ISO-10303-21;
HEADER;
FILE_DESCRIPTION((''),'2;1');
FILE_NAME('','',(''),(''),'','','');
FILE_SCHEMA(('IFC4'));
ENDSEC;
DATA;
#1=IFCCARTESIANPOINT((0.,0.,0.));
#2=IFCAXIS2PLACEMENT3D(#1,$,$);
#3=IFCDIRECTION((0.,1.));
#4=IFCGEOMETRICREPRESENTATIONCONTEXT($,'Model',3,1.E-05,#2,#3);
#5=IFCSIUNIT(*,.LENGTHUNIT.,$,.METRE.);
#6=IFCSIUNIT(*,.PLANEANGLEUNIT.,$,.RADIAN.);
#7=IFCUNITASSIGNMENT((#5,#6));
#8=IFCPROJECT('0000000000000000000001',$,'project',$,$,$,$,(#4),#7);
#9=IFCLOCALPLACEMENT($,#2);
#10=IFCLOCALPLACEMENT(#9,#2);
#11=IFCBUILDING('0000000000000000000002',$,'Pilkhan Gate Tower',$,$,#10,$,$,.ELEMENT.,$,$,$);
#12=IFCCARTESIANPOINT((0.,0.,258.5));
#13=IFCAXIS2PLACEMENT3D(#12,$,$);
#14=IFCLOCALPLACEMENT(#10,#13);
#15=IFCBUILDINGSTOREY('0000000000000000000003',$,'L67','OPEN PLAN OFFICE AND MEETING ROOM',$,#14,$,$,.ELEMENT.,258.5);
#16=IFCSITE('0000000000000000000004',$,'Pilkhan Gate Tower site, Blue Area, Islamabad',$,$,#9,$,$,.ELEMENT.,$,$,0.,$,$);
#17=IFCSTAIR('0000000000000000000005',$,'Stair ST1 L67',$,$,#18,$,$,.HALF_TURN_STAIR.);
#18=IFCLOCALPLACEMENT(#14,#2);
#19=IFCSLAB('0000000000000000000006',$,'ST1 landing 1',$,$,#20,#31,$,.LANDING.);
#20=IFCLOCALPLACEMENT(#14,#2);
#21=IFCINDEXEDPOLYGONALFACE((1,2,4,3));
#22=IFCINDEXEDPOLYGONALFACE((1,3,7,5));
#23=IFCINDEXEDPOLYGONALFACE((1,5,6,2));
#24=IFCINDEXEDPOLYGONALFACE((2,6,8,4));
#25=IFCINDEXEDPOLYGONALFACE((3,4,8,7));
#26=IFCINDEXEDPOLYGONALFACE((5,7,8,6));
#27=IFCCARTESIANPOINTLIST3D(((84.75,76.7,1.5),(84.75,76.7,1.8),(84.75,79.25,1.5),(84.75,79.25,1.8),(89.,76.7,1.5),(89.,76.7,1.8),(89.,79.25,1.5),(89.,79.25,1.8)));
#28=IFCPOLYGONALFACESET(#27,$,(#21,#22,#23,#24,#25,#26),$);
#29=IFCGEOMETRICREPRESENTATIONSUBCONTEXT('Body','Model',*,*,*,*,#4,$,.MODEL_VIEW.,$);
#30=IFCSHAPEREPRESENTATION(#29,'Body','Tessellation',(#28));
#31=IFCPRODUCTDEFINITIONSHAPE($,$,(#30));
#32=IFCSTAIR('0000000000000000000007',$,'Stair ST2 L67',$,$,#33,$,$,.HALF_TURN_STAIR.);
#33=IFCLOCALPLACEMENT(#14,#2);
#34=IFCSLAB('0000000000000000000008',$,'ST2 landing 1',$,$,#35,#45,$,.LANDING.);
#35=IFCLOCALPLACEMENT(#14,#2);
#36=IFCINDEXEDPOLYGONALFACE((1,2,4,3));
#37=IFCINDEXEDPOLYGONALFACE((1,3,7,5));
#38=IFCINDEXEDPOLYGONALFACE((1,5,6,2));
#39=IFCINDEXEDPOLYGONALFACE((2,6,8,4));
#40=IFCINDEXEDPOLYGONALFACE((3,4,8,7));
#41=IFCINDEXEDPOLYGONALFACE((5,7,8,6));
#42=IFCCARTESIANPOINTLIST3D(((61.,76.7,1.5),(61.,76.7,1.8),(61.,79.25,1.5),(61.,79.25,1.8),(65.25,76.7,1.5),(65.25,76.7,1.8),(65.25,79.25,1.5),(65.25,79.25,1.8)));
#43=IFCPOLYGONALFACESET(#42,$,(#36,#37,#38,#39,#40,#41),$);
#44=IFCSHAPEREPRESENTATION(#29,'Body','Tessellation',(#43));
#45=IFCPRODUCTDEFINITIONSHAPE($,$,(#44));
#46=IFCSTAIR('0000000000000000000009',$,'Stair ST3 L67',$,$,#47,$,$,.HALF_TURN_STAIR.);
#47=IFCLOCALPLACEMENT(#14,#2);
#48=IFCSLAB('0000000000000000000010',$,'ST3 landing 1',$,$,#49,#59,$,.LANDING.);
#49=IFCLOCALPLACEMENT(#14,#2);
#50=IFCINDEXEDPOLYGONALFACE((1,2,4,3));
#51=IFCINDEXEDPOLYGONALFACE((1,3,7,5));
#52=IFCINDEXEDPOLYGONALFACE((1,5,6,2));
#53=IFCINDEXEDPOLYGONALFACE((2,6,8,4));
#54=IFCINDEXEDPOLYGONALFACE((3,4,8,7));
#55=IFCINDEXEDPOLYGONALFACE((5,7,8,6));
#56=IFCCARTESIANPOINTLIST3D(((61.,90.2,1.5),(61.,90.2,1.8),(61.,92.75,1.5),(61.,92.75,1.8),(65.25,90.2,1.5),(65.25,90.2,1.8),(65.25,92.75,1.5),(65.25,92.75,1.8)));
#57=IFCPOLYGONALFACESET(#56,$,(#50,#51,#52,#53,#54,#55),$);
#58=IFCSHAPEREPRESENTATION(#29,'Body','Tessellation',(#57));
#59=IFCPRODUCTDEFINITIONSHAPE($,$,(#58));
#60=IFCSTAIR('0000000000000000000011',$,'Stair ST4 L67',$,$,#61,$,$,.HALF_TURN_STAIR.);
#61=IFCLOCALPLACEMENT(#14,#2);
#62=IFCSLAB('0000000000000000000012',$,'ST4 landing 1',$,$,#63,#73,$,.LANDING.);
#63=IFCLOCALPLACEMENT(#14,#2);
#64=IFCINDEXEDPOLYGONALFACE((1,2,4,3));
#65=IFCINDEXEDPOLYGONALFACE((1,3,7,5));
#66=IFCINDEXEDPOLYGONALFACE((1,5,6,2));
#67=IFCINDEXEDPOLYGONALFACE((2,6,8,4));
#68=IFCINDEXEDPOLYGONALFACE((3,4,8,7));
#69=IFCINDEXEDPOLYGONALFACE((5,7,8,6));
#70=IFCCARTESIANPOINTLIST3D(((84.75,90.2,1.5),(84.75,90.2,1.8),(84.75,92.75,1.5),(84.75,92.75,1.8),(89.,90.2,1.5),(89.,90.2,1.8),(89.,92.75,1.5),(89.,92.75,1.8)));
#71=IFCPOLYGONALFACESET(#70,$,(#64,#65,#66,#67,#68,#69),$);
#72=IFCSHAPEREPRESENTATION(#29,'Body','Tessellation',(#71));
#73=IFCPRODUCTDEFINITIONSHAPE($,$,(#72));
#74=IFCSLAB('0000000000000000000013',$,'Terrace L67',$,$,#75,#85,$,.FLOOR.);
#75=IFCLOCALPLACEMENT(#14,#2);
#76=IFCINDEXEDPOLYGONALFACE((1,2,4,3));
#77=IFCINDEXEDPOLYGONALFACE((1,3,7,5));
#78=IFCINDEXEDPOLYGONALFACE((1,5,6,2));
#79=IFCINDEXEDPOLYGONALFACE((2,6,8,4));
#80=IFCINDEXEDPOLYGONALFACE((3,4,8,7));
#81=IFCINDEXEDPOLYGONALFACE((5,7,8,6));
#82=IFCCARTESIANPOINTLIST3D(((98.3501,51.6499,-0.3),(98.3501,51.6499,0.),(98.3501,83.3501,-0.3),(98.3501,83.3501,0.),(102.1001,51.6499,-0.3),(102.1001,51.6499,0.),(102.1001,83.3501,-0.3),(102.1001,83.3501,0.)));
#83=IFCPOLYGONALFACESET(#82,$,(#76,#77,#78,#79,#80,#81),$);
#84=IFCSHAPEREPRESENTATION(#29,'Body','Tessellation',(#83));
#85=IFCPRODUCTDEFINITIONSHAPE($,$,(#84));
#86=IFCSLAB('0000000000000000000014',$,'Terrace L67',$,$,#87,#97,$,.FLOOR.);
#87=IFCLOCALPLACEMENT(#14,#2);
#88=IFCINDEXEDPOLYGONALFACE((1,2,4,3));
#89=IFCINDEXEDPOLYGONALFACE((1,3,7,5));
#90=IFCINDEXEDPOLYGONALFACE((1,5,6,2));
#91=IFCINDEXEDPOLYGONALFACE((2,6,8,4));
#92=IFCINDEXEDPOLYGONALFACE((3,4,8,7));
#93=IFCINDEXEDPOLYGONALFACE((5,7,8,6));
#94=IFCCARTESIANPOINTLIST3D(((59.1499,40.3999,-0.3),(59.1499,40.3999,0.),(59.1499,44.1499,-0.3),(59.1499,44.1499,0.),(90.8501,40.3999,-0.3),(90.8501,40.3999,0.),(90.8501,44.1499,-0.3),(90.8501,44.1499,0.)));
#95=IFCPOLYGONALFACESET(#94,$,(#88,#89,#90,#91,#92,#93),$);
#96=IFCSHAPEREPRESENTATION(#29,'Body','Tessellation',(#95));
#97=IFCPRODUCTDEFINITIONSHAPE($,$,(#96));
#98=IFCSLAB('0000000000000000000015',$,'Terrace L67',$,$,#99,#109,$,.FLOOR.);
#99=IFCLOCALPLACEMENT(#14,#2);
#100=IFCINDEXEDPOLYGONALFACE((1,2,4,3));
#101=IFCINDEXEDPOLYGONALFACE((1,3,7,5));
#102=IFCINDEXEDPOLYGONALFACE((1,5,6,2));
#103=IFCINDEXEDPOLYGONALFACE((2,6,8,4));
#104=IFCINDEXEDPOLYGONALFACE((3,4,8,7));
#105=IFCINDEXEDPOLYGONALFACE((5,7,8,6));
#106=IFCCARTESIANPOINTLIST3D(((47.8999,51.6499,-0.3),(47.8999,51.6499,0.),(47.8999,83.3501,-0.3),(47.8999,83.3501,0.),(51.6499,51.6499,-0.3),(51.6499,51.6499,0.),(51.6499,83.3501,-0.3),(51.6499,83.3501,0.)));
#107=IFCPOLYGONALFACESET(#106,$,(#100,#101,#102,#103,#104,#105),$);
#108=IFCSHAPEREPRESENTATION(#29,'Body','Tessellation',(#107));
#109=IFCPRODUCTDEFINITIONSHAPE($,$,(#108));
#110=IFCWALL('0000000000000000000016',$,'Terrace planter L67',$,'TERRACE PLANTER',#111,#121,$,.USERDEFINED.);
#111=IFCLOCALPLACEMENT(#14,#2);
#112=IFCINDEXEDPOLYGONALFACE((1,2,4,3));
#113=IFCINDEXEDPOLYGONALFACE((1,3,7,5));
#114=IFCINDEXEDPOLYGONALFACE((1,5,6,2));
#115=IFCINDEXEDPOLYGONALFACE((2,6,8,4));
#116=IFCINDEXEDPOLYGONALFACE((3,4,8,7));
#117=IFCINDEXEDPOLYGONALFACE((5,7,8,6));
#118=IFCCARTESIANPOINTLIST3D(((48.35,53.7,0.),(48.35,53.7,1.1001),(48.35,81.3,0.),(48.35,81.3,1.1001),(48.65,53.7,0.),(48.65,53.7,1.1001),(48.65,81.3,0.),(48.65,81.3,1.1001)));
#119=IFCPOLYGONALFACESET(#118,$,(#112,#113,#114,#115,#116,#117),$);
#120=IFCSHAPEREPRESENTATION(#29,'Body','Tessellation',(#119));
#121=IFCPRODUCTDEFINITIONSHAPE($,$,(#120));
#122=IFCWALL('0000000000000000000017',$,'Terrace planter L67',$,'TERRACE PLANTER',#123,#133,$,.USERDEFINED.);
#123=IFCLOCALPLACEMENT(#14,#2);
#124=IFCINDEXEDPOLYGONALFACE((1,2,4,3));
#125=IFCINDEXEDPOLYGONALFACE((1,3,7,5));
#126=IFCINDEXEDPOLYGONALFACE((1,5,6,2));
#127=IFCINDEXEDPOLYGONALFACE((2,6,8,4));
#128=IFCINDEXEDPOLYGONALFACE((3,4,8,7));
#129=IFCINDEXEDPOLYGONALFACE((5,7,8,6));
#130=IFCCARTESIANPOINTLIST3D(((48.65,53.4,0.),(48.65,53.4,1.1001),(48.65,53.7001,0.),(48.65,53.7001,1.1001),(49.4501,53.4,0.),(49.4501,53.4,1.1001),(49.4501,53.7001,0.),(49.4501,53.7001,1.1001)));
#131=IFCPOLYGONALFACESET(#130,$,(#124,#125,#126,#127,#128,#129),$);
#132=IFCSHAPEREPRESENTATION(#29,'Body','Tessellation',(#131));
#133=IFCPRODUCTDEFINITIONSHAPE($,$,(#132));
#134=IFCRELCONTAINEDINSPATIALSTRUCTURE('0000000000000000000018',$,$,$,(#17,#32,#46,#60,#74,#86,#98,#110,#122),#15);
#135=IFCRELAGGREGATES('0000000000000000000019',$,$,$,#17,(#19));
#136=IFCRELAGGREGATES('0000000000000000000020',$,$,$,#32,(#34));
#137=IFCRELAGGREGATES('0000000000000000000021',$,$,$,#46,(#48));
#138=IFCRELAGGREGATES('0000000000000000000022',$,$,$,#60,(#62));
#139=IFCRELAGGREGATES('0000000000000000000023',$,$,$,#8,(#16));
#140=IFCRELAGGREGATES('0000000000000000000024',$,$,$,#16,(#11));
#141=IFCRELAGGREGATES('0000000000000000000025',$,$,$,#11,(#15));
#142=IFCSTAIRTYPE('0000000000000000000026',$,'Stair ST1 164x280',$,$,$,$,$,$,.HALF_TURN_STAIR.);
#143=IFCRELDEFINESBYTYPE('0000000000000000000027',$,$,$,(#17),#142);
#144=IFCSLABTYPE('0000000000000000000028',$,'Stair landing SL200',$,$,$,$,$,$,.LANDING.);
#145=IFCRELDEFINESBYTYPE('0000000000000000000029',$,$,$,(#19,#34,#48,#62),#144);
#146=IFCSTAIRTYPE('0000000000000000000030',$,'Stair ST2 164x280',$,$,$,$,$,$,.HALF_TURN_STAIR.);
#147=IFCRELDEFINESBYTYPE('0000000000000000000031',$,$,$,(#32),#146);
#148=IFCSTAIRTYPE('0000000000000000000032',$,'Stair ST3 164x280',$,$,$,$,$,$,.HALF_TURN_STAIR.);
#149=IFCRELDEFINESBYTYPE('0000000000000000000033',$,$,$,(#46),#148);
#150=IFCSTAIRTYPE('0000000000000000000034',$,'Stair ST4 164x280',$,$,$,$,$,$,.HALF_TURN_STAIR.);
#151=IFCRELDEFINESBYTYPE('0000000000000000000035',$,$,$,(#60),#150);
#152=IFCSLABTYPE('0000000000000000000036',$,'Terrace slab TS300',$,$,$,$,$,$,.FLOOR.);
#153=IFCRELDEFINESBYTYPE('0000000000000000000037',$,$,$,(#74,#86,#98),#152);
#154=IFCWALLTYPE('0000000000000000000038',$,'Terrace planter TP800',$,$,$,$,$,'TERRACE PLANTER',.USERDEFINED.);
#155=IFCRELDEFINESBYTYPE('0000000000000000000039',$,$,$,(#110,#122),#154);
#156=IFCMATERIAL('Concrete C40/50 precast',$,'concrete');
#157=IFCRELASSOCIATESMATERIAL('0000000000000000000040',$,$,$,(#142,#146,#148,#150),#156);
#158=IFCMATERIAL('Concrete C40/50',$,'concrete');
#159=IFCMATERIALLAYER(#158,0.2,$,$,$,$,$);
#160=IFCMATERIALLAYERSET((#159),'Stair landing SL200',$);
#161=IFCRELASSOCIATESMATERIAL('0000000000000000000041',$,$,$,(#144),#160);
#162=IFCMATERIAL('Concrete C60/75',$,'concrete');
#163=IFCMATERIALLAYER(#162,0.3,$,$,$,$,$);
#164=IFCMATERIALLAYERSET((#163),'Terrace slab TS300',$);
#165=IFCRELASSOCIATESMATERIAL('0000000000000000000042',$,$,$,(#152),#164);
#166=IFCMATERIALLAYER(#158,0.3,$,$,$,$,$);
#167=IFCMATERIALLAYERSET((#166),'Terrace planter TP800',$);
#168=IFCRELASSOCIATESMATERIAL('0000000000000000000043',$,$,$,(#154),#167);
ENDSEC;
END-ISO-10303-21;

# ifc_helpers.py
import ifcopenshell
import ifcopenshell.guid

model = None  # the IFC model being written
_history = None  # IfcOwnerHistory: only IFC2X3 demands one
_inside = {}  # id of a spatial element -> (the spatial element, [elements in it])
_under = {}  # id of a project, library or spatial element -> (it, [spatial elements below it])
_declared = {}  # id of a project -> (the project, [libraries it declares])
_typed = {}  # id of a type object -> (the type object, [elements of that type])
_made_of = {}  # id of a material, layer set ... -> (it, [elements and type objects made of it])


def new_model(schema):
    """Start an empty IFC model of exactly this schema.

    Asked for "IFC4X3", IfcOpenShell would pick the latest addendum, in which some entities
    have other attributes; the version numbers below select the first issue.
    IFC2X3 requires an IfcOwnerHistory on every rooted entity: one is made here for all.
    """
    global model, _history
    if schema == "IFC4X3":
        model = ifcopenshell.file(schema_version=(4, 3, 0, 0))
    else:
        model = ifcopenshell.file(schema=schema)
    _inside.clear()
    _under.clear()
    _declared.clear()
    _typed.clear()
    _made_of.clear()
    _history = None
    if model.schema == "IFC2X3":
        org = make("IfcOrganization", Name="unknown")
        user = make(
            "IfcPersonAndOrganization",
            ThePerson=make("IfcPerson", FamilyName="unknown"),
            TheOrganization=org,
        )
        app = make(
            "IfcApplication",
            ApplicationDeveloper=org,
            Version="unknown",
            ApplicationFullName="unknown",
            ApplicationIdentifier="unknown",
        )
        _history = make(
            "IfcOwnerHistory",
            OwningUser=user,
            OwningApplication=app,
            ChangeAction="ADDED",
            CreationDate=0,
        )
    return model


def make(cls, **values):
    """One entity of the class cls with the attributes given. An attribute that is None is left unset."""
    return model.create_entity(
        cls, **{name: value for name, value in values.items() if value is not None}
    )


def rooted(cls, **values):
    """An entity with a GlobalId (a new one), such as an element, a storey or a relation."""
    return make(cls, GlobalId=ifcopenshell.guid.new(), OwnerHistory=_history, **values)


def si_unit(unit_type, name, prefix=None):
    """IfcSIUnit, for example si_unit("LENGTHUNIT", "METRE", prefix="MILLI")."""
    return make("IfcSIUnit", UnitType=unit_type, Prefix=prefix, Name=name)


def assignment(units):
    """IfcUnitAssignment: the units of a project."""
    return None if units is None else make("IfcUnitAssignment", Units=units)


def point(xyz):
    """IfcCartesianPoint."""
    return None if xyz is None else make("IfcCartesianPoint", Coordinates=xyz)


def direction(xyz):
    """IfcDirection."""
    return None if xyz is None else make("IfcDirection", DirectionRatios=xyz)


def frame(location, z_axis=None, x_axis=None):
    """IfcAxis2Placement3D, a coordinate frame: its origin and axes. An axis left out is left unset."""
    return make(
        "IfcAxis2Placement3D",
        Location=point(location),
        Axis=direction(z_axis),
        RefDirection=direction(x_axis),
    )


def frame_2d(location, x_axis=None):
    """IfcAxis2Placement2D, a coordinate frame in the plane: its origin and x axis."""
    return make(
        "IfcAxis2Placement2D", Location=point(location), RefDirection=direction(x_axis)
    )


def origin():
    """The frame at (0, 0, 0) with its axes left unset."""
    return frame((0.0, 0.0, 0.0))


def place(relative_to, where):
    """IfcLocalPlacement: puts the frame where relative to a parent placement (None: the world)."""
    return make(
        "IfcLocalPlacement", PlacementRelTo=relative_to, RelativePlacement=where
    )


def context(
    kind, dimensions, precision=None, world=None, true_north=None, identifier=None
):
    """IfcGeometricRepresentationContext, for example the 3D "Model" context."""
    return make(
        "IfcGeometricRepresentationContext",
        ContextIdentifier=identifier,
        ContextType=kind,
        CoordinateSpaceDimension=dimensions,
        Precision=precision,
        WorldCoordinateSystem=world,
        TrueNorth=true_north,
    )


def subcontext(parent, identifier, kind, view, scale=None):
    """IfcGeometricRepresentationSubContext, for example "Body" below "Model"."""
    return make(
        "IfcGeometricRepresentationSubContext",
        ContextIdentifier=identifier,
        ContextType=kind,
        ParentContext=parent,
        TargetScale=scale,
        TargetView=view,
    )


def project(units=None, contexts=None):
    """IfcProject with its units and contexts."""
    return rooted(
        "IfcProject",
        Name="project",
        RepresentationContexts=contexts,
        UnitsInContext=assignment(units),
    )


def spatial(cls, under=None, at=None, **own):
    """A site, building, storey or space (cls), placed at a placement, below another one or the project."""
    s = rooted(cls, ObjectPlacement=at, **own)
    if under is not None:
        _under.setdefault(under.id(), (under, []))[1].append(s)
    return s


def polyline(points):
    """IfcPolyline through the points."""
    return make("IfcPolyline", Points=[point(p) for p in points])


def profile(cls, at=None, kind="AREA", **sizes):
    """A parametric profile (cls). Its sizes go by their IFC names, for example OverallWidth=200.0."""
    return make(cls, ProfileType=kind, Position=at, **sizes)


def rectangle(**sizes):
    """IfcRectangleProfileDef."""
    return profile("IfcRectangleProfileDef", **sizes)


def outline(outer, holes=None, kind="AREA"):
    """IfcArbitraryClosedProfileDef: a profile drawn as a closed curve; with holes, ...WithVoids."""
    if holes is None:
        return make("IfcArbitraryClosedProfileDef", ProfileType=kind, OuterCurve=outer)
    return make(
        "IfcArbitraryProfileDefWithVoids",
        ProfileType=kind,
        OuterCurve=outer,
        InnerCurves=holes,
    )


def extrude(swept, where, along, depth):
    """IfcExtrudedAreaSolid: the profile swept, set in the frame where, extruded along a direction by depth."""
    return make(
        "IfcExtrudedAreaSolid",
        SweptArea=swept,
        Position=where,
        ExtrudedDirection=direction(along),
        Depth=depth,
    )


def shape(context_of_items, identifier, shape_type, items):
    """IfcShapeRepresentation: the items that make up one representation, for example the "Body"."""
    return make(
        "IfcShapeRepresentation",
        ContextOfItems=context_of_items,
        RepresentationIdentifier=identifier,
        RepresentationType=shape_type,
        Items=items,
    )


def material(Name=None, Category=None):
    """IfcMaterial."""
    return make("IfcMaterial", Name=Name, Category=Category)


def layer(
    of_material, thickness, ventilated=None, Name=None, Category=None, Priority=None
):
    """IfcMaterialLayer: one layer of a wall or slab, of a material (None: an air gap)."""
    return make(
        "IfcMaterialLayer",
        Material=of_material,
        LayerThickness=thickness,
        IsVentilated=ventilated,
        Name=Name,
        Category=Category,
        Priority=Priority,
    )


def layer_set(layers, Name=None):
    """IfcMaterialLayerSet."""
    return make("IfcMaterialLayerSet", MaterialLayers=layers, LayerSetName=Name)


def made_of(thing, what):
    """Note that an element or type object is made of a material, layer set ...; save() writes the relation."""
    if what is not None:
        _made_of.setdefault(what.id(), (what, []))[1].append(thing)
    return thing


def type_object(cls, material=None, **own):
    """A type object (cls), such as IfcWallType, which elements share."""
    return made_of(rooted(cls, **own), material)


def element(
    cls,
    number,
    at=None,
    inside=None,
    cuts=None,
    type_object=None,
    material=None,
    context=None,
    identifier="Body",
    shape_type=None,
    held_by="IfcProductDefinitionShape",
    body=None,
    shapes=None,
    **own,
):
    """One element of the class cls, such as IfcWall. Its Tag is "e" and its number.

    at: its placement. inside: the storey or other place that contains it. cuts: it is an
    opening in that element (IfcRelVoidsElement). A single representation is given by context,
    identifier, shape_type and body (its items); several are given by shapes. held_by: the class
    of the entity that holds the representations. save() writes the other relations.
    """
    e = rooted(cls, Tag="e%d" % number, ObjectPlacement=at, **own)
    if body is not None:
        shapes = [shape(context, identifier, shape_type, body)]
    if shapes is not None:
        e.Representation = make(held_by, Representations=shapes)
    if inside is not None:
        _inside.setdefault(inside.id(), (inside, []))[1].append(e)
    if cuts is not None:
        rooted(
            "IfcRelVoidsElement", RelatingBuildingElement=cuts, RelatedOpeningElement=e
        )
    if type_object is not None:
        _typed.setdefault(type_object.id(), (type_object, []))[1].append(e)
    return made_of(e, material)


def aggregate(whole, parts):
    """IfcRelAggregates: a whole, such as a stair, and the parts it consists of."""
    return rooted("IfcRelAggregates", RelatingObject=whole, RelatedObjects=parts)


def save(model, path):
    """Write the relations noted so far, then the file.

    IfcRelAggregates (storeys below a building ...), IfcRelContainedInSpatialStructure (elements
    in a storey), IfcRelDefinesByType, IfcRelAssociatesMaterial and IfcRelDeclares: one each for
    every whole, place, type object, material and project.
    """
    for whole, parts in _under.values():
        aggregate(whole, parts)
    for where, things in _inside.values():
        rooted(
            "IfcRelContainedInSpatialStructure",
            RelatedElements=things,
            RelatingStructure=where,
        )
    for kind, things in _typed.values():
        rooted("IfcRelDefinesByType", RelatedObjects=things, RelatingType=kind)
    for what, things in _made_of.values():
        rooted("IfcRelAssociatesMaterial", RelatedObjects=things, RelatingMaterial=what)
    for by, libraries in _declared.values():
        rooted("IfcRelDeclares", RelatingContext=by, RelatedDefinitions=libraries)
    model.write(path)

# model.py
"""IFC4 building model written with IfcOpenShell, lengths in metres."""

from ifc_helpers import new_model, si_unit, direction, frame, frame_2d, origin, place, context, subcontext, project, spatial, polyline, rectangle, outline, extrude, material, layer, layer_set, type_object, element, aggregate, save


model = new_model("IFC4")

# Units and contexts
model_context = context("Model", 3, precision=1e-05, world=origin(), true_north=direction((0.0, 1.0)))
body_context = subcontext(model_context, "Body", "Model", "MODEL_VIEW")
ifc_project = project(units=[si_unit("LENGTHUNIT", "METRE"), si_unit("PLANEANGLEUNIT", "RADIAN")], contexts=[model_context])

# Site, building, storey
site_placement = place(None, origin())
site = spatial("IfcSite", under=ifc_project, at=site_placement, Name="Pilkhan Gate Tower site, Blue Area, Islamabad", CompositionType="ELEMENT", RefElevation=0.0)
building_placement = place(site_placement, origin())
building = spatial("IfcBuilding", under=site, at=building_placement, Name="Pilkhan Gate Tower", CompositionType="ELEMENT")
storey_placement = place(building_placement, frame((0.0, 0.0, 258.5)))
storey = spatial("IfcBuildingStorey", under=building, at=storey_placement, Name="L67", Description="OPEN PLAN OFFICE AND MEETING ROOM", CompositionType="ELEMENT", Elevation=258.5)

# Shared definitions
ifc_material_1 = material(Name="Concrete C40/50", Category="concrete")

# Stairs, slabs
ifc_material_2 = material(Name="Concrete C40/50 precast", Category="concrete")
stair_type_1 = type_object("IfcStairType", Name="Stair ST1 164x280", PredefinedType="HALF_TURN_STAIR", material=ifc_material_2)
stair_1_placement = place(storey_placement, origin())
stair_1 = element("IfcStair", 1, at=stair_1_placement, inside=storey, type_object=stair_type_1, Name="Stair ST1 L67", PredefinedType="HALF_TURN_STAIR")
ifc_layer_1 = layer(ifc_material_1, 0.2)
ifc_layer_set_1 = layer_set([ifc_layer_1], Name="Stair landing SL200")
slab_type_1 = type_object("IfcSlabType", Name="Stair landing SL200", PredefinedType="LANDING", material=ifc_layer_set_1)
slab_1_placement = place(storey_placement, frame((0.0, 0.0, 1.5)))
slab_1 = element("IfcSlab", 2, at=slab_1_placement, type_object=slab_type_1, Name="ST1 landing 1", PredefinedType="LANDING", context=body_context, shape_type="SweptSolid", body=[
    extrude(outline(polyline([(89.0, 76.7), (89.0, 79.25), (84.75, 79.25), (84.75, 76.7), (89.0, 76.7)])), origin(), (0.0, 0.0, 1.0), 0.3),
])
aggregate(stair_1, [slab_1])
stair_type_2 = type_object("IfcStairType", Name="Stair ST2 164x280", PredefinedType="HALF_TURN_STAIR", material=ifc_material_2)
stair_2_placement = place(storey_placement, origin())
stair_2 = element("IfcStair", 3, at=stair_2_placement, inside=storey, type_object=stair_type_2, Name="Stair ST2 L67", PredefinedType="HALF_TURN_STAIR")
slab_2_placement = place(storey_placement, frame((0.0, 0.0, 1.5)))
slab_2 = element("IfcSlab", 4, at=slab_2_placement, type_object=slab_type_1, Name="ST2 landing 1", PredefinedType="LANDING", context=body_context, shape_type="SweptSolid", body=[
    extrude(outline(polyline([(65.25, 76.7), (65.25, 79.25), (61.0, 79.25), (61.0, 76.7), (65.25, 76.7)])), origin(), (0.0, 0.0, 1.0), 0.3),
])
aggregate(stair_2, [slab_2])
stair_type_3 = type_object("IfcStairType", Name="Stair ST3 164x280", PredefinedType="HALF_TURN_STAIR", material=ifc_material_2)
stair_3_placement = place(storey_placement, origin())
stair_3 = element("IfcStair", 5, at=stair_3_placement, inside=storey, type_object=stair_type_3, Name="Stair ST3 L67", PredefinedType="HALF_TURN_STAIR")
slab_3_placement = place(storey_placement, frame((0.0, 0.0, 1.5)))
slab_3 = element("IfcSlab", 6, at=slab_3_placement, type_object=slab_type_1, Name="ST3 landing 1", PredefinedType="LANDING", context=body_context, shape_type="SweptSolid", body=[
    extrude(outline(polyline([(65.25, 90.2), (65.25, 92.75), (61.0, 92.75), (61.0, 90.2), (65.25, 90.2)])), origin(), (0.0, 0.0, 1.0), 0.3),
])
aggregate(stair_3, [slab_3])
stair_type_4 = type_object("IfcStairType", Name="Stair ST4 164x280", PredefinedType="HALF_TURN_STAIR", material=ifc_material_2)
stair_4_placement = place(storey_placement, origin())
stair_4 = element("IfcStair", 7, at=stair_4_placement, inside=storey, type_object=stair_type_4, Name="Stair ST4 L67", PredefinedType="HALF_TURN_STAIR")
slab_4_placement = place(storey_placement, frame((0.0, 0.0, 1.5)))
slab_4 = element("IfcSlab", 8, at=slab_4_placement, type_object=slab_type_1, Name="ST4 landing 1", PredefinedType="LANDING", context=body_context, shape_type="SweptSolid", body=[
    extrude(outline(polyline([(89.0, 90.2), (89.0, 92.75), (84.75, 92.75), (84.75, 90.2), (89.0, 90.2)])), origin(), (0.0, 0.0, 1.0), 0.3),
])
aggregate(stair_4, [slab_4])

# Slabs
ifc_material_3 = material(Name="Concrete C60/75", Category="concrete")
ifc_layer_2 = layer(ifc_material_3, 0.3)
ifc_layer_set_2 = layer_set([ifc_layer_2], Name="Terrace slab TS300")
slab_type_2 = type_object("IfcSlabType", Name="Terrace slab TS300", PredefinedType="FLOOR", material=ifc_layer_set_2)
slab_5_placement = place(storey_placement, frame((0.0, 0.0, -0.3)))
element("IfcSlab", 9, at=slab_5_placement, inside=storey, type_object=slab_type_2, Name="Terrace L67", PredefinedType="FLOOR", context=body_context, shape_type="SweptSolid", body=[
    extrude(outline(polyline([(98.3501, 83.3501), (102.1001, 83.3501), (102.1001, 51.6499), (98.3501, 51.6499), (98.3501, 83.3501)])), origin(), (0.0, 0.0, 1.0), 0.3),
])
slab_6_placement = place(storey_placement, frame((0.0, 0.0, -0.3)))
element("IfcSlab", 10, at=slab_6_placement, inside=storey, type_object=slab_type_2, Name="Terrace L67", PredefinedType="FLOOR", context=body_context, shape_type="SweptSolid", body=[
    extrude(outline(polyline([(59.1499, 40.3999), (59.1499, 44.1499), (90.8501, 44.1499), (90.8501, 40.3999), (59.1499, 40.3999)])), origin(), (0.0, 0.0, 1.0), 0.3),
])
slab_7_placement = place(storey_placement, frame((0.0, 0.0, -0.3)))
element("IfcSlab", 11, at=slab_7_placement, inside=storey, type_object=slab_type_2, Name="Terrace L67", PredefinedType="FLOOR", context=body_context, shape_type="SweptSolid", body=[
    extrude(outline(polyline([(47.8999, 83.3501), (51.6499, 83.3501), (51.6499, 51.6499), (47.8999, 51.6499), (47.8999, 83.3501)])), origin(), (0.0, 0.0, 1.0), 0.3),
])

# Walls
ifc_layer_3 = layer(ifc_material_1, 0.3)
ifc_layer_set_3 = layer_set([ifc_layer_3], Name="Terrace planter TP800")
wall_type_1 = type_object("IfcWallType", Name="Terrace planter TP800", ElementType="TERRACE PLANTER", PredefinedType="USERDEFINED", material=ifc_layer_set_3)
wall_1_placement = place(storey_placement, frame((48.5, 53.7, 0.0), z_axis=(0.0, 0.0, 1.0), x_axis=(0.0, 1.0, 0.0)))
element("IfcWall", 12, at=wall_1_placement, inside=storey, type_object=wall_type_1, Name="Terrace planter L67", ObjectType="TERRACE PLANTER", PredefinedType="USERDEFINED", context=body_context, shape_type="SweptSolid", body=[
    extrude(rectangle(XDim=27.6001, YDim=0.3, at=frame_2d((13.8, 0.0))), origin(), (0.0, 0.0, 1.0), 1.1001),
])
wall_2_placement = place(storey_placement, frame((49.45, 53.55, 0.0), z_axis=(0.0, 0.0, 1.0), x_axis=(-1.0, 0.0, 0.0)))
element("IfcWall", 13, at=wall_2_placement, inside=storey, type_object=wall_type_1, Name="Terrace planter L67", ObjectType="TERRACE PLANTER", PredefinedType="USERDEFINED", context=body_context, shape_type="SweptSolid", body=[
    extrude(rectangle(XDim=0.8, YDim=0.3, at=frame_2d((0.3999, 0.0))), origin(), (0.0, 0.0, 1.0), 1.1001),
])

save(model, "model.ifc")
